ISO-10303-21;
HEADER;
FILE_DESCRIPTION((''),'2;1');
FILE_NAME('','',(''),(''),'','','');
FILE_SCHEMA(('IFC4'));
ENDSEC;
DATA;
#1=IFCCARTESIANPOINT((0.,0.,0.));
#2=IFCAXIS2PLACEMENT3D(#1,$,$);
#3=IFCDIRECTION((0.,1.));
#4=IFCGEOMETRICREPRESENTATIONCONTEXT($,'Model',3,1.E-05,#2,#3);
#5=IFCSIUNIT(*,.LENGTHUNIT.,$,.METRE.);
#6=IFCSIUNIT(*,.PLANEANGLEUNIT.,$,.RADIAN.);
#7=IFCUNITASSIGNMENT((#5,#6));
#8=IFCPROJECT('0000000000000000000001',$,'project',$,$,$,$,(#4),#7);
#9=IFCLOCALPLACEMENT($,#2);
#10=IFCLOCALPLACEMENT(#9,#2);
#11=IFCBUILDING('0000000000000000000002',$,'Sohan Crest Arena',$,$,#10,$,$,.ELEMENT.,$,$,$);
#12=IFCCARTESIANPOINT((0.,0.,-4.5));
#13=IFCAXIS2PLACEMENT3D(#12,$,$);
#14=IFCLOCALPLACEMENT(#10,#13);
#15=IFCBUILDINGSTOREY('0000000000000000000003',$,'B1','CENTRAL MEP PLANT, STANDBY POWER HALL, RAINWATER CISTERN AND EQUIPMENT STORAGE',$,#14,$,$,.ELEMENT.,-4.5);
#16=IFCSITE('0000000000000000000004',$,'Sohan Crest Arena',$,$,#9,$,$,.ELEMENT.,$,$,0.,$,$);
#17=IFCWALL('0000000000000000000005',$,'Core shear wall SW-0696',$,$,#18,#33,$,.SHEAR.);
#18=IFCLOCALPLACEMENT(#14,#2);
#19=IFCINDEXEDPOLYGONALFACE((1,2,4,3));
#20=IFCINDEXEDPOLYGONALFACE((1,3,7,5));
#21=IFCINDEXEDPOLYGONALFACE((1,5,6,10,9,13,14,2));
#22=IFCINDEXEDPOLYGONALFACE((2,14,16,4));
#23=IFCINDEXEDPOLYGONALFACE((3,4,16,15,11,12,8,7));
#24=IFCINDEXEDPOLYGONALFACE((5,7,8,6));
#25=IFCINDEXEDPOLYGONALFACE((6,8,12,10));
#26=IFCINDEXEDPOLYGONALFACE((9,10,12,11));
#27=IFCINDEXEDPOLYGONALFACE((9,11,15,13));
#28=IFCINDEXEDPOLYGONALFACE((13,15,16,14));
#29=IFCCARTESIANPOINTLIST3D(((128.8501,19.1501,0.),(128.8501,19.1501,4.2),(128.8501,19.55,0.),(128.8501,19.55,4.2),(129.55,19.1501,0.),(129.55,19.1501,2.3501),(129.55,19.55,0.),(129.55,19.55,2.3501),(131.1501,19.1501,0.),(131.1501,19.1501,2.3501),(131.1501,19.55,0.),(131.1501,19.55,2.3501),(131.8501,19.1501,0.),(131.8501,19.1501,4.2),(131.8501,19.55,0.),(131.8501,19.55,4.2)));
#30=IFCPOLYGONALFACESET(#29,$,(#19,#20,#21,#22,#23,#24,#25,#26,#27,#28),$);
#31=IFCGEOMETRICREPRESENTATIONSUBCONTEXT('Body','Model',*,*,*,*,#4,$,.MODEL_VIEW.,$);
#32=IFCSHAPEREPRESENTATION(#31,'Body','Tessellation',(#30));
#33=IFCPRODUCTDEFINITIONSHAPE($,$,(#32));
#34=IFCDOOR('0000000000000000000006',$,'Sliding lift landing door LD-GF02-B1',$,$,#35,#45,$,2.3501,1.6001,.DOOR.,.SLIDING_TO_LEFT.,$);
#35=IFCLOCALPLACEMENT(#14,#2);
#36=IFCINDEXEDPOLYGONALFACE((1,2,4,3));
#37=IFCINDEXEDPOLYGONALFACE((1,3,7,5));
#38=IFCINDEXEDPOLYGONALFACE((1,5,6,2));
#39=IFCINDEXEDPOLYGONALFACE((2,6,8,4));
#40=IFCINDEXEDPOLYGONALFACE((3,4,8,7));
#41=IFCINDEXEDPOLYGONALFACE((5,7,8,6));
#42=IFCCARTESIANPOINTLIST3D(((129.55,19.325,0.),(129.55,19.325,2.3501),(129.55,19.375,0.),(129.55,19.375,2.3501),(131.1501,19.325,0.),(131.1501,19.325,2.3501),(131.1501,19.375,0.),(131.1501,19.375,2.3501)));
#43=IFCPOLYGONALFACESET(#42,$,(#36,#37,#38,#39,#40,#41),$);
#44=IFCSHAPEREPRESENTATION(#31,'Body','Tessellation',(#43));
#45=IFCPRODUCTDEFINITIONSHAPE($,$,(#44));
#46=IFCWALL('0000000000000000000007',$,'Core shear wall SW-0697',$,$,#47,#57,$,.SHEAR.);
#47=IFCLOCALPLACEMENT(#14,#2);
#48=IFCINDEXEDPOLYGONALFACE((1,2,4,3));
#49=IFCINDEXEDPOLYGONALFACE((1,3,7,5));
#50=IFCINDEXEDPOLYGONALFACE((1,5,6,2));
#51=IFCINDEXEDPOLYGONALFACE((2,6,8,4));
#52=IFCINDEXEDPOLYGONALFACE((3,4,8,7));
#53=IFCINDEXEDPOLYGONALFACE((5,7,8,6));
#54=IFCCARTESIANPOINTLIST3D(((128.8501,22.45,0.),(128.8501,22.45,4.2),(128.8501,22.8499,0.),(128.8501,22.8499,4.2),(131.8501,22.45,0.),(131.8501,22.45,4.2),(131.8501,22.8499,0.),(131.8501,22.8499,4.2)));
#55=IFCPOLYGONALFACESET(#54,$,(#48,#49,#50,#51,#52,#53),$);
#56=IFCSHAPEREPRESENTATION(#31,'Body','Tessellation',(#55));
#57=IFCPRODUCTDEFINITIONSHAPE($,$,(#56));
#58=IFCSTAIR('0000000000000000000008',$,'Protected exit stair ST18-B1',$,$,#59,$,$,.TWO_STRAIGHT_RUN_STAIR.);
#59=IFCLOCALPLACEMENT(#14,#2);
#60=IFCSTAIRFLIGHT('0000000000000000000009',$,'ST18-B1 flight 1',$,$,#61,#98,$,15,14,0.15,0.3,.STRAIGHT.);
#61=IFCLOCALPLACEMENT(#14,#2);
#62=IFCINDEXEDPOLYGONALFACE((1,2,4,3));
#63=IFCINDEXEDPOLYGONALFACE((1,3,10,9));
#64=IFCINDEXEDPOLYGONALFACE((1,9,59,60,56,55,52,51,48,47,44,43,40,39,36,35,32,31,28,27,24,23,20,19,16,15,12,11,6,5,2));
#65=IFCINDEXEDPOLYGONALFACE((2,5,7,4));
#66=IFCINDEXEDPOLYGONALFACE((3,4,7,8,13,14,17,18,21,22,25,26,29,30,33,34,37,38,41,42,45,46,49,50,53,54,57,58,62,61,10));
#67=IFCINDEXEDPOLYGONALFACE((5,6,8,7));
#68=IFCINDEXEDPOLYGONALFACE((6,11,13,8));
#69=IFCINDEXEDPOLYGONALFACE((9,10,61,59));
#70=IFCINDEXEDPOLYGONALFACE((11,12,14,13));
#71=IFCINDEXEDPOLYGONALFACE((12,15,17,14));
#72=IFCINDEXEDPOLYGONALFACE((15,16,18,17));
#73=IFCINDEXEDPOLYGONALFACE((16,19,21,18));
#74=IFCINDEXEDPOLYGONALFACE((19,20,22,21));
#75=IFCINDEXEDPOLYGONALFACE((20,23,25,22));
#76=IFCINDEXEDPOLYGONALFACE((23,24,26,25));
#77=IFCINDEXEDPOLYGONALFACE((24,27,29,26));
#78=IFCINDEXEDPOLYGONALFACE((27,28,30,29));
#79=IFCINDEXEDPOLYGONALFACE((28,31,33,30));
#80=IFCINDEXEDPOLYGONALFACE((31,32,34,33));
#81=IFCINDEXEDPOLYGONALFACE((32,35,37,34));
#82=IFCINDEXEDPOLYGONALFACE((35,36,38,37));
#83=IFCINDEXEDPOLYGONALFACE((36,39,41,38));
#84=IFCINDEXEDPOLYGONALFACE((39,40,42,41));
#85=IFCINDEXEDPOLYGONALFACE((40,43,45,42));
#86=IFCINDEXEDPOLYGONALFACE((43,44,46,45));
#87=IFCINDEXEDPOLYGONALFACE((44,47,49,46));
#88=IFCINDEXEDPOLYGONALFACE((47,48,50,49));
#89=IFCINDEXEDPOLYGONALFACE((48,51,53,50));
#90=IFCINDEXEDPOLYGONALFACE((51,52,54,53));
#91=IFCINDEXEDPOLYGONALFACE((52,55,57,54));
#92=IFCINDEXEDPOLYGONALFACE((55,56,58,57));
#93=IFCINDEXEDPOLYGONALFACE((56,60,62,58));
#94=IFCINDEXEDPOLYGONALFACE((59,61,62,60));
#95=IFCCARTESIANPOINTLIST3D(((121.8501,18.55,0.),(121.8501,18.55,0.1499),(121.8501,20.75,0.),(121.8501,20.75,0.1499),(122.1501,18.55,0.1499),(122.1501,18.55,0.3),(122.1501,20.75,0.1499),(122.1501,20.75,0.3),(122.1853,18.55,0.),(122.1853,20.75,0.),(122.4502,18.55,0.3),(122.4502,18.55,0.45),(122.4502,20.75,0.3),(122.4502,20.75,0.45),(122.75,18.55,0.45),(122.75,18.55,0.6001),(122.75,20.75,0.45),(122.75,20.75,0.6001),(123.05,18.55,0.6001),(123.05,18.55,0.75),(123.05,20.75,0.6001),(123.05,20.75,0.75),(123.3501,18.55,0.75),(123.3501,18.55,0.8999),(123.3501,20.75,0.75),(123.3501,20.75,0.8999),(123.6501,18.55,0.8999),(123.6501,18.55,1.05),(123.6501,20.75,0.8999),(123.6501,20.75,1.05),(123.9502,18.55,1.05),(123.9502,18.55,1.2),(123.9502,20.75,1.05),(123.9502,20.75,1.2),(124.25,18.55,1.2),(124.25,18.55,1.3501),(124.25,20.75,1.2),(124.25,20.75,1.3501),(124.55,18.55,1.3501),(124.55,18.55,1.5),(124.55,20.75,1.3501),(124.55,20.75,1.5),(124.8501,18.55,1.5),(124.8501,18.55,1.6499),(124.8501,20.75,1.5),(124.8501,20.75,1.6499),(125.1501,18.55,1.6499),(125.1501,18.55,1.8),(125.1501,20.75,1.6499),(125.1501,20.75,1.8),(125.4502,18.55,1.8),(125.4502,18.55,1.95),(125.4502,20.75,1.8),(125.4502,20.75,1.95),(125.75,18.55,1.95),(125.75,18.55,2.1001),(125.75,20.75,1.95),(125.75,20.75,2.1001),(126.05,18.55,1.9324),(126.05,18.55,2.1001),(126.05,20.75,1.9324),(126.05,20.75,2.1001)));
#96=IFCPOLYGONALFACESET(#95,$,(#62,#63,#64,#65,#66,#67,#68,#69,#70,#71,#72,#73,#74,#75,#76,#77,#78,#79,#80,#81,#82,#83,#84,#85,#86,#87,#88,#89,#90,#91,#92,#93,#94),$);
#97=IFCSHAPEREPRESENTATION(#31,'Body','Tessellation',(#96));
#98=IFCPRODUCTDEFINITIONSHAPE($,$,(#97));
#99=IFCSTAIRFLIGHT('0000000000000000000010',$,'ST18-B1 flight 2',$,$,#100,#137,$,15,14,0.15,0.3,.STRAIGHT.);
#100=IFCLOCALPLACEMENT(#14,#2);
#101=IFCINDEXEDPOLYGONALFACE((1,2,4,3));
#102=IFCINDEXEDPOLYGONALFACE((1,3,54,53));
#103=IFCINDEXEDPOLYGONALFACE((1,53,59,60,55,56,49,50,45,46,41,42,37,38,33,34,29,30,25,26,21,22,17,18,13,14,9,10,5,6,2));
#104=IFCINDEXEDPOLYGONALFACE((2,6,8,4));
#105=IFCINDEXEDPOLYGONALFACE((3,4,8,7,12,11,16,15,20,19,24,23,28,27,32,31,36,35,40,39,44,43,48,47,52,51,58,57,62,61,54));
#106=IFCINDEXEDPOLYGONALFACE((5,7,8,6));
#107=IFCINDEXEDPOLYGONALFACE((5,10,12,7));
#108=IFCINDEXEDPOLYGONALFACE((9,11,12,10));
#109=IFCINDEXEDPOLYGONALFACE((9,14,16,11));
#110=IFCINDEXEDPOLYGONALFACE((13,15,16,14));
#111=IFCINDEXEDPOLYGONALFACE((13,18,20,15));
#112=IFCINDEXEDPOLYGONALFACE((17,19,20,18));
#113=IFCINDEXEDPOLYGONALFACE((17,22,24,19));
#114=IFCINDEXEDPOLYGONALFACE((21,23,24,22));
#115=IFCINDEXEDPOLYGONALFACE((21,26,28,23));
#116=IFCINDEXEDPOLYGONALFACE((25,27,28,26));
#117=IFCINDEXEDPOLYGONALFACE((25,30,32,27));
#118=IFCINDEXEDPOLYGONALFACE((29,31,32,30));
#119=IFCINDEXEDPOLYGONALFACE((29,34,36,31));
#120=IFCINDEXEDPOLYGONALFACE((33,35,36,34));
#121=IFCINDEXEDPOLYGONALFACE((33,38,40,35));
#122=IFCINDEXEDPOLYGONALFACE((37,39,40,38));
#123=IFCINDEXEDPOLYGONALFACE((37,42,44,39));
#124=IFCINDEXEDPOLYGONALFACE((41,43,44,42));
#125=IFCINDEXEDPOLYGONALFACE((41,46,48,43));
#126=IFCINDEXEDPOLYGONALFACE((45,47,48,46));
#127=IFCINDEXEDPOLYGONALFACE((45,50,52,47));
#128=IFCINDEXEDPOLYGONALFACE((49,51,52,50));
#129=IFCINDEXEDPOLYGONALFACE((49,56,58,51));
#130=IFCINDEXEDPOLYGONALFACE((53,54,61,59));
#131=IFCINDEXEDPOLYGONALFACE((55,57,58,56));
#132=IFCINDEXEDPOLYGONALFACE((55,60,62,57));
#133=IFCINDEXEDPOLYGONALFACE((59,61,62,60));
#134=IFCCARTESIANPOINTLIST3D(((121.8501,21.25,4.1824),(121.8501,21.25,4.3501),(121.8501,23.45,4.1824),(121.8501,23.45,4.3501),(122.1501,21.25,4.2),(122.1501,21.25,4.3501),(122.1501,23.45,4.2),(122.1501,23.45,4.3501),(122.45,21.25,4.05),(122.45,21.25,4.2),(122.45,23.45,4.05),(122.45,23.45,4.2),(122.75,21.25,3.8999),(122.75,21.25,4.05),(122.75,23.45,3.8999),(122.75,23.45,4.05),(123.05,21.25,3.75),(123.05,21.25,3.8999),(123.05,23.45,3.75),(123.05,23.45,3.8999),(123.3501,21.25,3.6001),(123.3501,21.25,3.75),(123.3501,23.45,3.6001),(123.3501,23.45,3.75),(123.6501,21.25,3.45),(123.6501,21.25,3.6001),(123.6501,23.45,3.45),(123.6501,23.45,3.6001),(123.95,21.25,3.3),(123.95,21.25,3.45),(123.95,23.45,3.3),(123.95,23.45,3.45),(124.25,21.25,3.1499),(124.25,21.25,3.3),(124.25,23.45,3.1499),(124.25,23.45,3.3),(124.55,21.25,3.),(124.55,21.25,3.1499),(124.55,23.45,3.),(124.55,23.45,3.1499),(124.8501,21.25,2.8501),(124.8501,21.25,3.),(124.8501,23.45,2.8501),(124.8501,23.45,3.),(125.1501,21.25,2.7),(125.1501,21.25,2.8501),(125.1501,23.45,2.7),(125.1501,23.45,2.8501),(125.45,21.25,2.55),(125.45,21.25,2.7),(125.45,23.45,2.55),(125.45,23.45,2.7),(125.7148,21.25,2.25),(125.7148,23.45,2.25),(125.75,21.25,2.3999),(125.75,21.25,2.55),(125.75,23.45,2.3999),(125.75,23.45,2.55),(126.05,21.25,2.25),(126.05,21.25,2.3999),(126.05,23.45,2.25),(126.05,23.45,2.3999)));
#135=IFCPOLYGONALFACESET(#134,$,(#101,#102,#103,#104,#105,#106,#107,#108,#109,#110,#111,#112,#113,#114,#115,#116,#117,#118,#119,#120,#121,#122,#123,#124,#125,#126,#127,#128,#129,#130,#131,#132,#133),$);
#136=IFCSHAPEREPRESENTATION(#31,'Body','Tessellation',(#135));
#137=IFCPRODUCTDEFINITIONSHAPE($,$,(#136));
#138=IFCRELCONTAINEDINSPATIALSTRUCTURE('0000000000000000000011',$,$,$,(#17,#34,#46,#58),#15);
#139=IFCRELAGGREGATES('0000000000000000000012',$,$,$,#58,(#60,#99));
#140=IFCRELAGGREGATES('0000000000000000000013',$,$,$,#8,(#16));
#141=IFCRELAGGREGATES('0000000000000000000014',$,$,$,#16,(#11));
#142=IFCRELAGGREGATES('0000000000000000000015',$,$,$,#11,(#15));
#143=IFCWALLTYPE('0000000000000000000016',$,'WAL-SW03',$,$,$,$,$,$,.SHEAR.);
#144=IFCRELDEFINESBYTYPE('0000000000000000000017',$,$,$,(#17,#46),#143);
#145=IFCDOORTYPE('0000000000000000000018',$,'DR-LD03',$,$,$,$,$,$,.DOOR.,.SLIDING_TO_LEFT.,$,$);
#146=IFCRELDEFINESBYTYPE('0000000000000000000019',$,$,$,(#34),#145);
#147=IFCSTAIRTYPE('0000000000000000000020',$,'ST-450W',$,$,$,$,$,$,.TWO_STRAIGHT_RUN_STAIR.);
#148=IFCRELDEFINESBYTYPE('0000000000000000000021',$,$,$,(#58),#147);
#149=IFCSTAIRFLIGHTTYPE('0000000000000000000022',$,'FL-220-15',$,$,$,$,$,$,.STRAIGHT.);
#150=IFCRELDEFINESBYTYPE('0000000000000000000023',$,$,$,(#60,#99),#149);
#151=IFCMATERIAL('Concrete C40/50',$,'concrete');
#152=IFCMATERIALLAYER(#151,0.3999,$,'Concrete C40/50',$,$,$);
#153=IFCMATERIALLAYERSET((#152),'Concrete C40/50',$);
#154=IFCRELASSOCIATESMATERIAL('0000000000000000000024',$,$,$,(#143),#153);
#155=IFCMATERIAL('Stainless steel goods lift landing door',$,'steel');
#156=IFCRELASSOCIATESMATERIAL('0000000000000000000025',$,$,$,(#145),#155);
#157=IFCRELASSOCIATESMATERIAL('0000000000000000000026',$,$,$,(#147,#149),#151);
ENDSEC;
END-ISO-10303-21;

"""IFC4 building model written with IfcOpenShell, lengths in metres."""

from ifc_helpers import new_model, si_unit, direction, frame, frame_2d, origin, place, context, subcontext, project, spatial, polyline, rectangle, outline, extrude, material, layer, layer_set, type_object, element, fill, aggregate, save


model = new_model("IFC4")

# Units and contexts
model_context = context("Model", 3, precision=1e-05, world=origin(), true_north=direction((0.0, 1.0)))
body_context = subcontext(model_context, "Body", "Model", "MODEL_VIEW")
ifc_project = project(units=[si_unit("LENGTHUNIT", "METRE"), si_unit("PLANEANGLEUNIT", "RADIAN")], contexts=[model_context])

# Site, building, storey
site_placement = place(None, origin())
site = spatial("IfcSite", under=ifc_project, at=site_placement, Name="Sohan Crest Arena", CompositionType="ELEMENT", RefElevation=0.0)
building_placement = place(site_placement, origin())
building = spatial("IfcBuilding", under=site, at=building_placement, Name="Sohan Crest Arena", CompositionType="ELEMENT")
storey_placement = place(building_placement, frame((0.0, 0.0, -4.5)))
storey = spatial("IfcBuildingStorey", under=building, at=storey_placement, Name="B1", Description="CENTRAL MEP PLANT, STANDBY POWER HALL, RAINWATER CISTERN AND EQUIPMENT STORAGE", CompositionType="ELEMENT", Elevation=-4.5)

# Shared definitions
ifc_material_1 = material(Name="Concrete C40/50", Category="concrete")

# Shared definitions
ifc_layer_1 = layer(ifc_material_1, 0.3999, Name="Concrete C40/50")
ifc_layer_set_1 = layer_set([ifc_layer_1], Name="Concrete C40/50")
wall_type = type_object("IfcWallType", Name="WAL-SW03", PredefinedType="SHEAR", material=ifc_layer_set_1)

# Wall, opening, door
wall_1_placement = place(storey_placement, frame((128.8501, 19.3501, 0.0), z_axis=(0.0, 0.0, 1.0), x_axis=(1.0, 0.0, 0.0)))
wall_1 = element("IfcWall", 1, at=wall_1_placement, inside=storey, type_object=wall_type, Name="Core shear wall SW-0696", PredefinedType="SHEAR", context=body_context, shape_type="SweptSolid", body=[
    extrude(rectangle(XDim=3.0, YDim=0.3999, at=frame_2d((1.5, 0.0))), origin(), (0.0, 0.0, 1.0), 4.2),
])
opening_1_placement = place(wall_1_placement, frame((0.7, 0.0, 0.0)))
opening_1 = element("IfcOpeningElement", 2, at=opening_1_placement, cuts=wall_1, PredefinedType="OPENING", context=body_context, shape_type="SweptSolid", body=[
    extrude(rectangle(XDim=1.6001, YDim=2.3501, at=frame_2d((0.8, 1.175))), frame((0.0, 0.21, 0.0), z_axis=(0.0, -1.0, 0.0), x_axis=(1.0, 0.0, 0.0)), (0.0, 0.0, 1.0), 0.4199),
])
ifc_material_2 = material(Name="Stainless steel goods lift landing door", Category="steel")
door_type_1 = type_object("IfcDoorType", Name="DR-LD03", OperationType="SLIDING_TO_LEFT", PredefinedType="DOOR", material=ifc_material_2)
door_1_placement = place(opening_1_placement, origin())
door_1 = element("IfcDoor", 3, at=door_1_placement, inside=storey, type_object=door_type_1, Name="Sliding lift landing door LD-GF02-B1", OperationType="SLIDING_TO_LEFT", OverallHeight=2.3501, OverallWidth=1.6001, PredefinedType="DOOR", context=body_context, shape_type="SweptSolid", body=[
    extrude(rectangle(XDim=1.6001, YDim=2.3501, at=frame_2d((0.8, 1.175))), frame((0.0, 0.0249, 0.0), z_axis=(0.0, -1.0, 0.0), x_axis=(1.0, 0.0, 0.0)), (0.0, 0.0, 1.0), 0.05),
])
fill(opening_1, door_1)

# Wall
wall_2_placement = place(storey_placement, frame((128.8501, 22.6499, 0.0), z_axis=(0.0, 0.0, 1.0), x_axis=(1.0, 0.0, 0.0)))
element("IfcWall", 4, at=wall_2_placement, inside=storey, type_object=wall_type, Name="Core shear wall SW-0697", PredefinedType="SHEAR", context=body_context, shape_type="SweptSolid", body=[
    extrude(rectangle(XDim=3.0, YDim=0.3999, at=frame_2d((1.5, 0.0))), origin(), (0.0, 0.0, 1.0), 4.2),
])

# Stair, stair flights
stair_type = type_object("IfcStairType", Name="ST-450W", PredefinedType="TWO_STRAIGHT_RUN_STAIR", material=ifc_material_1)
stair_placement = place(storey_placement, origin())
stair = element("IfcStair", 5, at=stair_placement, inside=storey, type_object=stair_type, Name="Protected exit stair ST18-B1", PredefinedType="TWO_STRAIGHT_RUN_STAIR")
stair_flight_type = type_object("IfcStairFlightType", Name="FL-220-15", PredefinedType="STRAIGHT", material=ifc_material_1)
stair_flight_1_placement = place(storey_placement, frame((121.8501, 19.6499, 0.0), z_axis=(0.0, 0.0, 1.0), x_axis=(1.0, 0.0, 0.0)))
stair_flight_1 = element("IfcStairFlight", 6, at=stair_flight_1_placement, type_object=stair_flight_type, Name="ST18-B1 flight 1", NumberOfRisers=15, NumberOfTreads=14, PredefinedType="STRAIGHT", RiserHeight=0.15, TreadLength=0.3, context=body_context, shape_type="SweptSolid", body=[
    extrude(outline(polyline([(0.0, 0.0), (0.0, 0.1499), (0.3, 0.1499), (0.3, 0.3), (0.6001, 0.3), (0.6001, 0.45), (0.8999, 0.45), (0.8999, 0.6001), (1.2, 0.6001), (1.2, 0.75), (1.5, 0.75), (1.5, 0.8999), (1.8, 0.8999), (1.8, 1.05), (2.1001, 1.05), (2.1001, 1.2), (2.3999, 1.2), (2.3999, 1.3501), (2.7, 1.3501), (2.7, 1.5), (3.0, 1.5), (3.0, 1.6499), (3.3, 1.6499), (3.3, 1.8), (3.6001, 1.8), (3.6001, 1.95), (3.8999, 1.95), (3.8999, 2.1001), (4.2, 2.1001), (4.2, 2.25), (4.2, 1.9324), (0.3352, 0.0), (0.0, 0.0)])), frame((0.0, 1.1001, 0.0), z_axis=(0.0, -1.0, 0.0), x_axis=(1.0, 0.0, 0.0)), (0.0, 0.0, 1.0), 2.2),
])
stair_flight_2_placement = place(storey_placement, frame((126.05, 22.3501, 2.25), z_axis=(0.0, 0.0, 1.0), x_axis=(-1.0, 0.0, 0.0)))
stair_flight_2 = element("IfcStairFlight", 7, at=stair_flight_2_placement, type_object=stair_flight_type, Name="ST18-B1 flight 2", NumberOfRisers=15, NumberOfTreads=14, PredefinedType="STRAIGHT", RiserHeight=0.15, TreadLength=0.3, context=body_context, shape_type="SweptSolid", body=[
    extrude(outline(polyline([(0.0, 0.0), (0.0, 0.1499), (0.3, 0.1499), (0.3, 0.3), (0.6001, 0.3), (0.6001, 0.45), (0.8999, 0.45), (0.8999, 0.6001), (1.2, 0.6001), (1.2, 0.75), (1.5, 0.75), (1.5, 0.8999), (1.8, 0.8999), (1.8, 1.05), (2.1001, 1.05), (2.1001, 1.2), (2.3999, 1.2), (2.3999, 1.3501), (2.7, 1.3501), (2.7, 1.5), (3.0, 1.5), (3.0, 1.6499), (3.3, 1.6499), (3.3, 1.8), (3.6001, 1.8), (3.6001, 1.95), (3.8999, 1.95), (3.8999, 2.1001), (4.2, 2.1001), (4.2, 2.25), (4.2, 1.9324), (0.3352, 0.0), (0.0, 0.0)])), frame((0.0, 1.1001, 0.0), z_axis=(0.0, -1.0, 0.0), x_axis=(1.0, 0.0, 0.0)), (0.0, 0.0, 1.0), 2.2),
])
aggregate(stair, [stair_flight_1, stair_flight_2])

save(model, "model.ifc")
